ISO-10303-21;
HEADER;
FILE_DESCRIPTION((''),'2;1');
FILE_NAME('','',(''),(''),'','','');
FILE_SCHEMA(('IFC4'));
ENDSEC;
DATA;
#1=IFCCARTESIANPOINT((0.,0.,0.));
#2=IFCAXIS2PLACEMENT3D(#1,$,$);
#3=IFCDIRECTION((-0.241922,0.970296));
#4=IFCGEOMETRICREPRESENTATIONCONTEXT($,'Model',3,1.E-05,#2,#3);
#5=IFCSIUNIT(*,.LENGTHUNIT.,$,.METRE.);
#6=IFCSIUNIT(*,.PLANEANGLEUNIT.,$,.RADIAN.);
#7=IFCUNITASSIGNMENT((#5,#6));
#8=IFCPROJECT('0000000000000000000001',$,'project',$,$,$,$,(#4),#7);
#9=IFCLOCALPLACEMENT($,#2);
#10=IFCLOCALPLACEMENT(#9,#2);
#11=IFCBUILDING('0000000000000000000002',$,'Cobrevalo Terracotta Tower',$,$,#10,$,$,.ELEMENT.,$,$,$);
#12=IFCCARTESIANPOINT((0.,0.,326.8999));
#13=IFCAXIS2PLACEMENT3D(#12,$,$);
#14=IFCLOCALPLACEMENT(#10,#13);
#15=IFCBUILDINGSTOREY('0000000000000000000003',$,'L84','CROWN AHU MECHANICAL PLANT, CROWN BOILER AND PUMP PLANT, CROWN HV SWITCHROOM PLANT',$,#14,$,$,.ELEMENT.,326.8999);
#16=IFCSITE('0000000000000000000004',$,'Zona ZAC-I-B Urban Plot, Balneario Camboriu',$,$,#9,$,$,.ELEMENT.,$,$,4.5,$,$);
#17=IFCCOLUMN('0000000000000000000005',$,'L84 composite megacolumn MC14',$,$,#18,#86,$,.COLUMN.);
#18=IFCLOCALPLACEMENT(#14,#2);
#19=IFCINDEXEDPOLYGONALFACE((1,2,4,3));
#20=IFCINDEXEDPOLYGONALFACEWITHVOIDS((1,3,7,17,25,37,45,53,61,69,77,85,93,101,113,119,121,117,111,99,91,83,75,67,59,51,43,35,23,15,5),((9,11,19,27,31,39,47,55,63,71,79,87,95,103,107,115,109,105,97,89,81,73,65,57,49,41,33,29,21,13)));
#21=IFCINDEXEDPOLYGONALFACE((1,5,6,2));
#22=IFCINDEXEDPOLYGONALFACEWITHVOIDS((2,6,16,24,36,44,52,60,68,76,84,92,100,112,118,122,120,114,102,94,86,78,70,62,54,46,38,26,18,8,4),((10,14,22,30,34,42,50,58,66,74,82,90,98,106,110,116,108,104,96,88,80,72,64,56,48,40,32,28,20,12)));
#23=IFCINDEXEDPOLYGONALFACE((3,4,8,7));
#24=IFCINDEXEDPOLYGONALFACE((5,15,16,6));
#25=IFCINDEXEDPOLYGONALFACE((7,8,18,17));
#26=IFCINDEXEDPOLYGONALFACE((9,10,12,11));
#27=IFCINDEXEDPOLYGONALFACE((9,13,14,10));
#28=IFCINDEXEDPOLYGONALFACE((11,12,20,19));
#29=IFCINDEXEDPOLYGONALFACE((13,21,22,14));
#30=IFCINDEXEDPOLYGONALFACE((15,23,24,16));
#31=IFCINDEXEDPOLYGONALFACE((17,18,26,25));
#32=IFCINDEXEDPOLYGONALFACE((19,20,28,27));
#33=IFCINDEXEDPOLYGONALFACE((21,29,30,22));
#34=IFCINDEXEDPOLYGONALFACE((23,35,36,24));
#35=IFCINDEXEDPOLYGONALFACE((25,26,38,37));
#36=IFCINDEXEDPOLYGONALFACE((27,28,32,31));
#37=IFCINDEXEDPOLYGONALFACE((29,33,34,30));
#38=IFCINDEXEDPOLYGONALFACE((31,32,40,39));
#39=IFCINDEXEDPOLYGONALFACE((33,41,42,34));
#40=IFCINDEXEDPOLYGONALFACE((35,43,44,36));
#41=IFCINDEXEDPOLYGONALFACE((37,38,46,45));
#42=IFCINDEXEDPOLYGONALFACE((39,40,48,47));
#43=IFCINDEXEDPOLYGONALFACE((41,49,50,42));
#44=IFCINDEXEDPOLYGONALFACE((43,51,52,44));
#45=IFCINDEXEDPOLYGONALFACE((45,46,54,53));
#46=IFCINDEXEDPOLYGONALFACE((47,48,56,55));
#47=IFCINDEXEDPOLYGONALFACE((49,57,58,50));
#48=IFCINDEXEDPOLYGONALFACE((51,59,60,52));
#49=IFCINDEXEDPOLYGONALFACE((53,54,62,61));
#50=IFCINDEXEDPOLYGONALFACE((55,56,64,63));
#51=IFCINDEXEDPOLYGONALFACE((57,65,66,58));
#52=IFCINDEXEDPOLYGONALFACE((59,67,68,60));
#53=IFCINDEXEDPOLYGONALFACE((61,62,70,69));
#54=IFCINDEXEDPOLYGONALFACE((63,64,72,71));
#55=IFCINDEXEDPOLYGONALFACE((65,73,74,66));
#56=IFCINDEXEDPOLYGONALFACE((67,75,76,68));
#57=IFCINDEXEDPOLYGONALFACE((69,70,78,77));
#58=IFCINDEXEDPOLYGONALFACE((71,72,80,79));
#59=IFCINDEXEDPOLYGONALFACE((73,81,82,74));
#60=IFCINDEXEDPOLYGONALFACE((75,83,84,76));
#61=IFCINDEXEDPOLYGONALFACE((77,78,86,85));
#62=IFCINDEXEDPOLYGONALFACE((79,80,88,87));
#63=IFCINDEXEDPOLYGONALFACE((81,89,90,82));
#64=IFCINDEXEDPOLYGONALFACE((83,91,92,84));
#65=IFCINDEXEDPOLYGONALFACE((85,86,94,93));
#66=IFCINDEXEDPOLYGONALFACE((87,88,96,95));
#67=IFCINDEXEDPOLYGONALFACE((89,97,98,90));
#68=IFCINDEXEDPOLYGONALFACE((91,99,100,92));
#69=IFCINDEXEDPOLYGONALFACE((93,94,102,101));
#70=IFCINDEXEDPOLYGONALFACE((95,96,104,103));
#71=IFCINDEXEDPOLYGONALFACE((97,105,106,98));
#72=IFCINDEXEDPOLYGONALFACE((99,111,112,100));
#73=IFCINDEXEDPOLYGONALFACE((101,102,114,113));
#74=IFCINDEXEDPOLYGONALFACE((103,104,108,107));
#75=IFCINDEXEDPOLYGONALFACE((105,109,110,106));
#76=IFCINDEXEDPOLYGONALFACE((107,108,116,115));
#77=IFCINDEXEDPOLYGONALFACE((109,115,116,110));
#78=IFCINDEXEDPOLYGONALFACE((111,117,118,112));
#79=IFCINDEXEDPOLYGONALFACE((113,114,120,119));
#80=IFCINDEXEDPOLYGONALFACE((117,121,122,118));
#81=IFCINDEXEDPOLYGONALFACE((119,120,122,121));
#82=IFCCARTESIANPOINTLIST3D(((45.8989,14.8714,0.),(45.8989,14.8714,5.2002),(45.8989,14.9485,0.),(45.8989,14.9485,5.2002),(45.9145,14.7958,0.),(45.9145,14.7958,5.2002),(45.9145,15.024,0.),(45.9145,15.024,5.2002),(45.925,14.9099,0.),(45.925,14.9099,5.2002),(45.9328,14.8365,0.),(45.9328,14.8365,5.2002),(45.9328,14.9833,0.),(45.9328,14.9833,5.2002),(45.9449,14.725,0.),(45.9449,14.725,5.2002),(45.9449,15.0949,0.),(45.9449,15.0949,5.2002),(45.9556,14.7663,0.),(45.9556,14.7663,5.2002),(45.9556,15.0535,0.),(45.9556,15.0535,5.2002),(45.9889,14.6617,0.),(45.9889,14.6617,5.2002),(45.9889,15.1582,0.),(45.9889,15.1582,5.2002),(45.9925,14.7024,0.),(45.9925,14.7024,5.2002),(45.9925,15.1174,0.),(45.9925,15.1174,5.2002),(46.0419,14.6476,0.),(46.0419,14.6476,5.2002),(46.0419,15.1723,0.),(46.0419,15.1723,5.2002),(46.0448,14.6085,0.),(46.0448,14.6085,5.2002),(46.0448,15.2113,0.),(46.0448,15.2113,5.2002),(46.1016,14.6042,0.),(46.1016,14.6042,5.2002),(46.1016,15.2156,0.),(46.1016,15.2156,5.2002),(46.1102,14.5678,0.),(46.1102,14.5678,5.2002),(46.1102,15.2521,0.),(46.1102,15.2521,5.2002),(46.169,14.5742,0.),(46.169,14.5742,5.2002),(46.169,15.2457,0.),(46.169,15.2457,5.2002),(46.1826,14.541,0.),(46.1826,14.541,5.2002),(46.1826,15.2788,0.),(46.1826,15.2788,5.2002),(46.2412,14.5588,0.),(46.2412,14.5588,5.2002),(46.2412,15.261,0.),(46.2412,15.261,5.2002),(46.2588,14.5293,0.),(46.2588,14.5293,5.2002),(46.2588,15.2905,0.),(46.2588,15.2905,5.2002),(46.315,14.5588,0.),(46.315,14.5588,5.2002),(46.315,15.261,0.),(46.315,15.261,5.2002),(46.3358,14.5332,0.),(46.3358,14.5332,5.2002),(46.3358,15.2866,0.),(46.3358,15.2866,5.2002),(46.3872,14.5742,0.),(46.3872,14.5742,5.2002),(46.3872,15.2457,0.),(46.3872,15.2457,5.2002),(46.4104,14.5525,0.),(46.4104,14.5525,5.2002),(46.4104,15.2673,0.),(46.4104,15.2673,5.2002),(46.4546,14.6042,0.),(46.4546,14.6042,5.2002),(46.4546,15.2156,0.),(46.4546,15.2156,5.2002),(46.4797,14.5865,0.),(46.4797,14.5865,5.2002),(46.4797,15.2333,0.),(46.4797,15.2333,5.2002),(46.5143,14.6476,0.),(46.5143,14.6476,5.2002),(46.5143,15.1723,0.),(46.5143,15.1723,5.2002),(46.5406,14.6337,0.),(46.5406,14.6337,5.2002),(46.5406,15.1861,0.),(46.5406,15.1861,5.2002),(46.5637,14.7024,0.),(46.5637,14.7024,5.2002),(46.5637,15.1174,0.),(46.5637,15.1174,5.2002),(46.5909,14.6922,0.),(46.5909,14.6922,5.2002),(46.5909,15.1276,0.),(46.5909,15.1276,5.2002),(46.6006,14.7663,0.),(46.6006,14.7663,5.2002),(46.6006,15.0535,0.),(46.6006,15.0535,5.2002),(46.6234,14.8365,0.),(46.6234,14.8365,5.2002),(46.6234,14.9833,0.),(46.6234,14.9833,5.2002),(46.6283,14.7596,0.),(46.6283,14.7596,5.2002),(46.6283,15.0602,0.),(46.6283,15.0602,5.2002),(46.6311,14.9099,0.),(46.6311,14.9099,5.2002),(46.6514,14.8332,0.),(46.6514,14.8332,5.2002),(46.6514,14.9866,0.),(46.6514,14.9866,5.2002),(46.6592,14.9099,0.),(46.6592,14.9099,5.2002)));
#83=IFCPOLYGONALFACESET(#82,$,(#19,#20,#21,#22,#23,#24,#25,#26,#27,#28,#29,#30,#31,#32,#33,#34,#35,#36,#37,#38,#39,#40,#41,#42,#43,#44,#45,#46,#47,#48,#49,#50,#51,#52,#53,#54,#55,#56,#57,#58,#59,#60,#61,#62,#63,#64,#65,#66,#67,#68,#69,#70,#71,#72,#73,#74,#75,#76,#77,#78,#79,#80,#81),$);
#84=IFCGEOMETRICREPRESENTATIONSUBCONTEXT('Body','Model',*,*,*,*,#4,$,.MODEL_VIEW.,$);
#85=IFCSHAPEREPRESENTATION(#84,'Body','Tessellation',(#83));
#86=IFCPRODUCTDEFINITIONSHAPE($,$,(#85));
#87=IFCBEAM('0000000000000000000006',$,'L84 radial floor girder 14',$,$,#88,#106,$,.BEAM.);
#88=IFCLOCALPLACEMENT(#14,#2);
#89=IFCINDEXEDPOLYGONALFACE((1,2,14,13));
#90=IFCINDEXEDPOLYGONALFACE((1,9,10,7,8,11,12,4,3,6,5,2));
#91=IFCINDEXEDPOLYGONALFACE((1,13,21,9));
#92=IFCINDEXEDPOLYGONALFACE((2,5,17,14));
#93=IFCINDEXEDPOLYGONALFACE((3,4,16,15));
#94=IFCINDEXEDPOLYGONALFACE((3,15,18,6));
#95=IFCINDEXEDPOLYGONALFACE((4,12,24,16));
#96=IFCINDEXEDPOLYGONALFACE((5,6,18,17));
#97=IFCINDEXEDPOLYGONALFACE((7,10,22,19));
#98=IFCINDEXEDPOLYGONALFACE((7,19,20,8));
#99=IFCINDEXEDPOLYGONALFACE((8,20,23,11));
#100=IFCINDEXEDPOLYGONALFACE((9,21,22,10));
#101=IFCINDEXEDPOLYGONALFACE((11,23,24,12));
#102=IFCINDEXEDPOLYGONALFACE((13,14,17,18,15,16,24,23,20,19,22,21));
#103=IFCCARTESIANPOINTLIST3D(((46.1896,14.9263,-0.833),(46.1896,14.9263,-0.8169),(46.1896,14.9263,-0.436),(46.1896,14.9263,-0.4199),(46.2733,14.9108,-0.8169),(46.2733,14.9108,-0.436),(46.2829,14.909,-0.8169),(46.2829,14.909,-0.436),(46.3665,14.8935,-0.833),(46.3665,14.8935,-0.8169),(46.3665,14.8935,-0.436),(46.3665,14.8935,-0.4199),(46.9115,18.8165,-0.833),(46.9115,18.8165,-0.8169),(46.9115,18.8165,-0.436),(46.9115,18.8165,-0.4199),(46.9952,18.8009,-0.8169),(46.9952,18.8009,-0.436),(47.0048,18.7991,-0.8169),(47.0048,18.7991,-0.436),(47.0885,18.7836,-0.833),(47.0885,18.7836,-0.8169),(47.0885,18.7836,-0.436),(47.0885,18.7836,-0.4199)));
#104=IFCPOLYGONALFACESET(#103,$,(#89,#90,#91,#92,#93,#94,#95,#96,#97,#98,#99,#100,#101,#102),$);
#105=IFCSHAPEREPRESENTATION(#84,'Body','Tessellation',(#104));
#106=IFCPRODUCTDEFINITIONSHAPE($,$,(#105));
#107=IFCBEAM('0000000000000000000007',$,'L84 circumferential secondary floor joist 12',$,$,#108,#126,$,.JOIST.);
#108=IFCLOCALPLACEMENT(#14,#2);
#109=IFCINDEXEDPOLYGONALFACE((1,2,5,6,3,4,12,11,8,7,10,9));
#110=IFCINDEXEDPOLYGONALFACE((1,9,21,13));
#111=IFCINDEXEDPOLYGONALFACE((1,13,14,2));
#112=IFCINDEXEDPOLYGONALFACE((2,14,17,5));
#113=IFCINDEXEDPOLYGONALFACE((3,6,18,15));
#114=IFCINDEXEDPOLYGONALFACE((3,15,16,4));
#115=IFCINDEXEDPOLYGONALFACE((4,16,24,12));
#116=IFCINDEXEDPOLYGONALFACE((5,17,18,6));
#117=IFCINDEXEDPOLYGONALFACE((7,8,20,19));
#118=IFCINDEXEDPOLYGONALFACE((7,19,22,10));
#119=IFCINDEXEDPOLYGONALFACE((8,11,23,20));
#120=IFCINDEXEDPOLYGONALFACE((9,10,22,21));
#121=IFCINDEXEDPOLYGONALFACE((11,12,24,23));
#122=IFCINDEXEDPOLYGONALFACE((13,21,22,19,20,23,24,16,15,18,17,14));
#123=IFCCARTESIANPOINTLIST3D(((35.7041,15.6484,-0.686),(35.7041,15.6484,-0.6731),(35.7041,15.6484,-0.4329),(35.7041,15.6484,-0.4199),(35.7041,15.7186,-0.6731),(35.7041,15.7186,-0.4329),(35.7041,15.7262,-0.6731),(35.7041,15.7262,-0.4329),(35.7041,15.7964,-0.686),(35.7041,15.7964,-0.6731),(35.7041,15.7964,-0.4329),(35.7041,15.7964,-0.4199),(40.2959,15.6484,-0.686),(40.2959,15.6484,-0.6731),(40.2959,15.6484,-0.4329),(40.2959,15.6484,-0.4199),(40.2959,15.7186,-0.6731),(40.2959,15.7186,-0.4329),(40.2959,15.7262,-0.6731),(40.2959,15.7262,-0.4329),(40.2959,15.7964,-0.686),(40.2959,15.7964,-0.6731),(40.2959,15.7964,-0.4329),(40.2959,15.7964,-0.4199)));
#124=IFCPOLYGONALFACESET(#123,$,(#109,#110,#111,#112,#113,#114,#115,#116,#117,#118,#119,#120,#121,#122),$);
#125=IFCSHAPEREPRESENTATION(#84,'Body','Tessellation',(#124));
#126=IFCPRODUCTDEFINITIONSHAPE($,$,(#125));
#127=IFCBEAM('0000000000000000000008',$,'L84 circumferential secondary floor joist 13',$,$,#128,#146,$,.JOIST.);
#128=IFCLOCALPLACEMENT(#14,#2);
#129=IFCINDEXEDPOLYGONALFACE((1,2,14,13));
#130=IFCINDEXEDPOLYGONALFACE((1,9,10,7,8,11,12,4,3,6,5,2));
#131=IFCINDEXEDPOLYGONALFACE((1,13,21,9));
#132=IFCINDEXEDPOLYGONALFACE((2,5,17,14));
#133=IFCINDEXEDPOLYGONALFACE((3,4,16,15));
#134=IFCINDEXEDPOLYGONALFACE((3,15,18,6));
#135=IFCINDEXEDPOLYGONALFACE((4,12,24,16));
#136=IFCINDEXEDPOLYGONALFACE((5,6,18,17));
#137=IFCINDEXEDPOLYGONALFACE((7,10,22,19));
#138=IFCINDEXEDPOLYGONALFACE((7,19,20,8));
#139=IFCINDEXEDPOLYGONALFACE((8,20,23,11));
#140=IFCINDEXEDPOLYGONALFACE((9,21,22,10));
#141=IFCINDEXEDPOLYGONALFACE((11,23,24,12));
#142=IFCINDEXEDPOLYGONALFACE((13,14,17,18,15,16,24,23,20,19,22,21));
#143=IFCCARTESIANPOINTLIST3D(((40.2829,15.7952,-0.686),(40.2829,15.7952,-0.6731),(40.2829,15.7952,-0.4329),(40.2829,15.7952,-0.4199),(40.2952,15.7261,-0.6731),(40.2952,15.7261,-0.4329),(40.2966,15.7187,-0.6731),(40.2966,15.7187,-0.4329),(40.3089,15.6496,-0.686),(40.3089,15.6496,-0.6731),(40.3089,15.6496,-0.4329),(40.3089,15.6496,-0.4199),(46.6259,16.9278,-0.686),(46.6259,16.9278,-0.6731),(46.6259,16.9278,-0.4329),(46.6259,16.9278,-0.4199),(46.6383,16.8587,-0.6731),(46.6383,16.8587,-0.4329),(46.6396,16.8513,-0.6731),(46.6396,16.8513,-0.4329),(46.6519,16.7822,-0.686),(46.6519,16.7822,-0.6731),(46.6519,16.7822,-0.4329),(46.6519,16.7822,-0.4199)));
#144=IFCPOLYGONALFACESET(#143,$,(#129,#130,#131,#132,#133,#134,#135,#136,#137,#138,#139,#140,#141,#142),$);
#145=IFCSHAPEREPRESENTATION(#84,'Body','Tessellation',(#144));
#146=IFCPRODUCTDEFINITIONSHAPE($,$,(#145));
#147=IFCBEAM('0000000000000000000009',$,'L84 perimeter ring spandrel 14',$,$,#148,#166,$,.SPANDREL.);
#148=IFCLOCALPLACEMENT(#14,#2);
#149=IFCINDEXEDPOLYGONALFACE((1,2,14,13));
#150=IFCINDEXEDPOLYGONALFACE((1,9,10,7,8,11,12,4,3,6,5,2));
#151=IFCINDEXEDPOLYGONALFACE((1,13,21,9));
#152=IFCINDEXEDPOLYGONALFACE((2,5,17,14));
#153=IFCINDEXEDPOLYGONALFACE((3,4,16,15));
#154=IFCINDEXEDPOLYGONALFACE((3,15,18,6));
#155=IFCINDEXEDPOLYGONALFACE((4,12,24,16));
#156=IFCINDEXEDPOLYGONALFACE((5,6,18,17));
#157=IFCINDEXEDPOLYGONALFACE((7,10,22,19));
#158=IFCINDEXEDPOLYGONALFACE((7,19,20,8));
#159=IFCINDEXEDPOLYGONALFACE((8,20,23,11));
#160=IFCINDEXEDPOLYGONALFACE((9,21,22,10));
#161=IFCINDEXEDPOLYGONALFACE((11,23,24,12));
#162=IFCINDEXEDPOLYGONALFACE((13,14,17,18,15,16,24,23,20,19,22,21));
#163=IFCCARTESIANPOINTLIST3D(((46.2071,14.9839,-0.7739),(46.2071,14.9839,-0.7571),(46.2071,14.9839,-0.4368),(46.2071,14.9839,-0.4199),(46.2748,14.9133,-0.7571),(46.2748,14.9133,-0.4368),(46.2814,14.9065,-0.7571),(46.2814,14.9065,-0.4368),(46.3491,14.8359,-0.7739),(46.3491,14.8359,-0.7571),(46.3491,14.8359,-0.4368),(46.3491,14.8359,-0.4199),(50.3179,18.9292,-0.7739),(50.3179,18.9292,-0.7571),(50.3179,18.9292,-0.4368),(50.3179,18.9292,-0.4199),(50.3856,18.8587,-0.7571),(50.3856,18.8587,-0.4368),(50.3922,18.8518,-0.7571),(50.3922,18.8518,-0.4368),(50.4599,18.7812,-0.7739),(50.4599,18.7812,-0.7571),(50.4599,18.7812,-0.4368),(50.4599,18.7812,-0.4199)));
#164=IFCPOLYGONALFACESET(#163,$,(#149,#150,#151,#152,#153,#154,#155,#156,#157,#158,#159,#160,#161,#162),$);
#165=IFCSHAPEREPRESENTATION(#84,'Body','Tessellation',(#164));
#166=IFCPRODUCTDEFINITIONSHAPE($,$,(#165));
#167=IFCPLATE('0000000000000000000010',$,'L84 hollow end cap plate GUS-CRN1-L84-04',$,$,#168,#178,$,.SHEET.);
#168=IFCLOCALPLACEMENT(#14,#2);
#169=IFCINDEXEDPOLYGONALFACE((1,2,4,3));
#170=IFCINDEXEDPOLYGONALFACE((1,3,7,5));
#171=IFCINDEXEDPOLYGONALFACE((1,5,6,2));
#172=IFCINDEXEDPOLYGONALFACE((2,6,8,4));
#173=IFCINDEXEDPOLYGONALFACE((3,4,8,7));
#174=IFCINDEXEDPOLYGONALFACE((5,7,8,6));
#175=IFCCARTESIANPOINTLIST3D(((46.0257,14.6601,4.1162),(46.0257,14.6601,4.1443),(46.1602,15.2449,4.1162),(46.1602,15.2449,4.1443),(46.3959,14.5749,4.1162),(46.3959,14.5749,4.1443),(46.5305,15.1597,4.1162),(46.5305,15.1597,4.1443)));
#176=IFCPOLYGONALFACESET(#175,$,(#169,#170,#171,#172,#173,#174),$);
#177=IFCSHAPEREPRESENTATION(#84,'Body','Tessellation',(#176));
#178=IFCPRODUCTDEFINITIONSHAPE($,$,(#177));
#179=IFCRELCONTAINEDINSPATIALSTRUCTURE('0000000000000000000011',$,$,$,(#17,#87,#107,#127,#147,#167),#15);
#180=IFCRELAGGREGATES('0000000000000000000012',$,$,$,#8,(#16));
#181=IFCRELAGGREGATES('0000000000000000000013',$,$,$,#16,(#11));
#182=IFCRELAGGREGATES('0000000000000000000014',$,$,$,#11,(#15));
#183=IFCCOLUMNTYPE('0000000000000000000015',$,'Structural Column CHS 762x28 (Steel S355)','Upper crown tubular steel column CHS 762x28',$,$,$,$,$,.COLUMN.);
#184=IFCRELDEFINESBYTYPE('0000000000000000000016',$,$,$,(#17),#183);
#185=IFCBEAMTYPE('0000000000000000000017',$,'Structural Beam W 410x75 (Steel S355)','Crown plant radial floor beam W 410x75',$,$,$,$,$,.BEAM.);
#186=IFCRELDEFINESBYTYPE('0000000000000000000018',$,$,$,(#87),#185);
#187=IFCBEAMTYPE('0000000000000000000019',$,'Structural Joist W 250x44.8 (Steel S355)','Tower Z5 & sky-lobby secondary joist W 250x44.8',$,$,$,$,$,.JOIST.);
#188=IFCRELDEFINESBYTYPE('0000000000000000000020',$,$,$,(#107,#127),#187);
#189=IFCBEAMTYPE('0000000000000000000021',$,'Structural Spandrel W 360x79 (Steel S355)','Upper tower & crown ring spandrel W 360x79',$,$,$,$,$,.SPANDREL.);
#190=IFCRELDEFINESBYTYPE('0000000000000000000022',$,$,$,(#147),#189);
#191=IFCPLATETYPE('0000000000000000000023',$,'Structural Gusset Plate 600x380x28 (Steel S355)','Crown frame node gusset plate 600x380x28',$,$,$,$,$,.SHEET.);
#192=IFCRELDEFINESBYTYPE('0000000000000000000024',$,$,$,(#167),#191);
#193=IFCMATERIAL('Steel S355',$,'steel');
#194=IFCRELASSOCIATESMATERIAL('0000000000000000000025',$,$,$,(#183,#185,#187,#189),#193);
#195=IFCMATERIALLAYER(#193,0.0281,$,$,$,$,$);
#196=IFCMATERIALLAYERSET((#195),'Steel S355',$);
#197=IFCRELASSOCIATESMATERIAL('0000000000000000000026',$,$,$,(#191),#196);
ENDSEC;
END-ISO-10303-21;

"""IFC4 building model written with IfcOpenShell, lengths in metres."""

from ifc_helpers import new_model, si_unit, direction, frame, origin, origin_2d, place, context, subcontext, project, spatial, rectangle, hollow_circle, i_section, extrude, source, transform, mapped, material, layer, layer_set, material_profile, profile_set, type_object, element, save


model = new_model("IFC4")

# Units and contexts
model_context = context("Model", 3, precision=1e-05, world=origin(), true_north=direction((-0.241922, 0.970296)))
body_context = subcontext(model_context, "Body", "Model", "MODEL_VIEW")
ifc_project = project(units=[si_unit("LENGTHUNIT", "METRE"), si_unit("PLANEANGLEUNIT", "RADIAN")], contexts=[model_context])

# Site, building, storey
site_placement = place(None, origin())
site = spatial("IfcSite", under=ifc_project, at=site_placement, Name="Zona ZAC-I-B Urban Plot, Balneario Camboriu", CompositionType="ELEMENT", RefElevation=4.5)
building_placement = place(site_placement, origin())
building = spatial("IfcBuilding", under=site, at=building_placement, Name="Cobrevalo Terracotta Tower", CompositionType="ELEMENT")
storey_placement = place(building_placement, frame((0.0, 0.0, 326.8999)))
storey = spatial("IfcBuildingStorey", under=building, at=storey_placement, Name="L84", Description="CROWN AHU MECHANICAL PLANT, CROWN BOILER AND PUMP PLANT, CROWN HV SWITCHROOM PLANT", CompositionType="ELEMENT", Elevation=326.8999)

# Column
ifc_material_1 = material(Name="Steel S355", Category="steel")
ifc_material_profile_1 = material_profile(ifc_material_1, hollow_circle(Radius=0.3811, WallThickness=0.0281, at=origin_2d()), Name="CHS 762x28")
ifc_profile_set_1 = profile_set([ifc_material_profile_1], Name="Steel S355")
column_type = type_object("IfcColumnType", Name="Structural Column CHS 762x28 (Steel S355)", Description="Upper crown tubular steel column CHS 762x28", PredefinedType="COLUMN", material=ifc_profile_set_1)
column_placement = place(storey_placement, frame((46.2781, 14.9099, 0.0), z_axis=(0.0, 0.0, 1.0), x_axis=(1.0, 0.0, 0.0)))
element("IfcColumn", 1, at=column_placement, inside=storey, type_object=column_type, Name="L84 composite megacolumn MC14", PredefinedType="COLUMN", context=body_context, shape_type="SweptSolid", body=[
    extrude(hollow_circle(Radius=0.3811, WallThickness=0.0281, at=origin_2d()), origin(), (0.0, 0.0, 1.0), 5.2002),
])

# Beams
ifc_material_profile_2 = material_profile(ifc_material_1, i_section(OverallWidth=0.1799, OverallDepth=0.4131, WebThickness=0.0098, FlangeThickness=0.0161, at=origin_2d()), Name="W 410x75")
ifc_profile_set_2 = profile_set([ifc_material_profile_2], Name="Steel S355")
beam_type_1 = type_object("IfcBeamType", Name="Structural Beam W 410x75 (Steel S355)", Description="Crown plant radial floor beam W 410x75", PredefinedType="BEAM", material=ifc_profile_set_2)
beam_1_placement = place(storey_placement, frame((46.2781, 14.9099, -0.6265), z_axis=(0.182463, 0.983213, 0.0), x_axis=(-0.983213, 0.182463, 0.0)))
element("IfcBeam", 2, at=beam_1_placement, inside=storey, type_object=beam_type_1, Name="L84 radial floor girder 14", PredefinedType="BEAM", context=body_context, shape_type="SweptSolid", body=[
    extrude(i_section(OverallWidth=0.1799, OverallDepth=0.4131, WebThickness=0.0098, FlangeThickness=0.0161, at=origin_2d()), origin(), (0.0, 0.0, 1.0), 3.9565),
])
ifc_material_profile_3 = material_profile(ifc_material_1, i_section(OverallWidth=0.1479, OverallDepth=0.2661, WebThickness=0.0076, FlangeThickness=0.0129, at=origin_2d()), Name="W 250x44.8")
ifc_profile_set_3 = profile_set([ifc_material_profile_3], Name="Steel S355")
beam_type_2 = type_object("IfcBeamType", Name="Structural Joist W 250x44.8 (Steel S355)", Description="Tower Z5 & sky-lobby secondary joist W 250x44.8", PredefinedType="JOIST", material=ifc_profile_set_3)
beam_2_placement = place(storey_placement, frame((35.7041, 15.7224, -0.553), z_axis=(1.0, 0.0, 0.0), x_axis=(0.0, 1.0, 0.0)))
element("IfcBeam", 3, at=beam_2_placement, inside=storey, type_object=beam_type_2, Name="L84 circumferential secondary floor joist 12", PredefinedType="JOIST", context=body_context, shape_type="SweptSolid", body=[
    extrude(i_section(OverallWidth=0.1479, OverallDepth=0.2661, WebThickness=0.0076, FlangeThickness=0.0129, at=origin_2d()), origin(), (0.0, 0.0, 1.0), 4.5918),
])
beam_3_placement = place(storey_placement, frame((40.2959, 15.7224, -0.553), z_axis=(0.984431, 0.175774, 0.0), x_axis=(-0.175774, 0.984431, 0.0)))
element("IfcBeam", 4, at=beam_3_placement, inside=storey, type_object=beam_type_2, Name="L84 circumferential secondary floor joist 13", PredefinedType="JOIST", context=body_context, shape_type="SweptSolid", body=[
    extrude(i_section(OverallWidth=0.1479, OverallDepth=0.2661, WebThickness=0.0076, FlangeThickness=0.0129, at=origin_2d()), origin(), (0.0, 0.0, 1.0), 6.4434),
])
ifc_material_profile_4 = material_profile(ifc_material_1, i_section(OverallWidth=0.2051, OverallDepth=0.354, WebThickness=0.0095, FlangeThickness=0.0168, at=origin_2d()), Name="W 360x79")
ifc_profile_set_4 = profile_set([ifc_material_profile_4], Name="Steel S355")
beam_type_3 = type_object("IfcBeamType", Name="Structural Spandrel W 360x79 (Steel S355)", Description="Upper tower & crown ring spandrel W 360x79", PredefinedType="SPANDREL", material=ifc_profile_set_4)
beam_4_placement = place(storey_placement, frame((46.2781, 14.9099, -0.5969), z_axis=(0.721483, 0.692432, 0.0), x_axis=(-0.692432, 0.721483, 0.0)))
element("IfcBeam", 5, at=beam_4_placement, inside=storey, type_object=beam_type_3, Name="L84 perimeter ring spandrel 14", PredefinedType="SPANDREL", context=body_context, shape_type="SweptSolid", body=[
    extrude(i_section(OverallWidth=0.2051, OverallDepth=0.354, WebThickness=0.0095, FlangeThickness=0.0168, at=origin_2d()), origin(), (0.0, 0.0, 1.0), 5.6978),
])

# Plate
ifc_layer_1 = layer(ifc_material_1, 0.0281)
ifc_layer_set_1 = layer_set([ifc_layer_1], Name="Steel S355")
plate_type = type_object("IfcPlateType", Name="Structural Gusset Plate 600x380x28 (Steel S355)", Description="Crown frame node gusset plate 600x380x28", PredefinedType="SHEET", material=ifc_layer_set_1)
shared_shape_1 = source(origin(), body_context, "Body", "SweptSolid", [
    extrude(rectangle(XDim=0.6001, YDim=0.3799, at=origin_2d()), origin(), (0.0, 0.0, 1.0), 0.0281),
])
plate_placement = place(storey_placement, frame((46.2781, 14.9099, 4.1162), z_axis=(0.0, 0.0, 1.0), x_axis=(-0.224221, -0.974538, 0.0)))
element("IfcPlate", 6, at=plate_placement, inside=storey, type_object=plate_type, Name="L84 hollow end cap plate GUS-CRN1-L84-04", PredefinedType="SHEET", context=body_context, shape_type="MappedRepresentation", body=[
    mapped(shared_shape_1, transform((0.0, 0.0, 0.0), scale=1.0)),
])

save(model, "model.ifc")
